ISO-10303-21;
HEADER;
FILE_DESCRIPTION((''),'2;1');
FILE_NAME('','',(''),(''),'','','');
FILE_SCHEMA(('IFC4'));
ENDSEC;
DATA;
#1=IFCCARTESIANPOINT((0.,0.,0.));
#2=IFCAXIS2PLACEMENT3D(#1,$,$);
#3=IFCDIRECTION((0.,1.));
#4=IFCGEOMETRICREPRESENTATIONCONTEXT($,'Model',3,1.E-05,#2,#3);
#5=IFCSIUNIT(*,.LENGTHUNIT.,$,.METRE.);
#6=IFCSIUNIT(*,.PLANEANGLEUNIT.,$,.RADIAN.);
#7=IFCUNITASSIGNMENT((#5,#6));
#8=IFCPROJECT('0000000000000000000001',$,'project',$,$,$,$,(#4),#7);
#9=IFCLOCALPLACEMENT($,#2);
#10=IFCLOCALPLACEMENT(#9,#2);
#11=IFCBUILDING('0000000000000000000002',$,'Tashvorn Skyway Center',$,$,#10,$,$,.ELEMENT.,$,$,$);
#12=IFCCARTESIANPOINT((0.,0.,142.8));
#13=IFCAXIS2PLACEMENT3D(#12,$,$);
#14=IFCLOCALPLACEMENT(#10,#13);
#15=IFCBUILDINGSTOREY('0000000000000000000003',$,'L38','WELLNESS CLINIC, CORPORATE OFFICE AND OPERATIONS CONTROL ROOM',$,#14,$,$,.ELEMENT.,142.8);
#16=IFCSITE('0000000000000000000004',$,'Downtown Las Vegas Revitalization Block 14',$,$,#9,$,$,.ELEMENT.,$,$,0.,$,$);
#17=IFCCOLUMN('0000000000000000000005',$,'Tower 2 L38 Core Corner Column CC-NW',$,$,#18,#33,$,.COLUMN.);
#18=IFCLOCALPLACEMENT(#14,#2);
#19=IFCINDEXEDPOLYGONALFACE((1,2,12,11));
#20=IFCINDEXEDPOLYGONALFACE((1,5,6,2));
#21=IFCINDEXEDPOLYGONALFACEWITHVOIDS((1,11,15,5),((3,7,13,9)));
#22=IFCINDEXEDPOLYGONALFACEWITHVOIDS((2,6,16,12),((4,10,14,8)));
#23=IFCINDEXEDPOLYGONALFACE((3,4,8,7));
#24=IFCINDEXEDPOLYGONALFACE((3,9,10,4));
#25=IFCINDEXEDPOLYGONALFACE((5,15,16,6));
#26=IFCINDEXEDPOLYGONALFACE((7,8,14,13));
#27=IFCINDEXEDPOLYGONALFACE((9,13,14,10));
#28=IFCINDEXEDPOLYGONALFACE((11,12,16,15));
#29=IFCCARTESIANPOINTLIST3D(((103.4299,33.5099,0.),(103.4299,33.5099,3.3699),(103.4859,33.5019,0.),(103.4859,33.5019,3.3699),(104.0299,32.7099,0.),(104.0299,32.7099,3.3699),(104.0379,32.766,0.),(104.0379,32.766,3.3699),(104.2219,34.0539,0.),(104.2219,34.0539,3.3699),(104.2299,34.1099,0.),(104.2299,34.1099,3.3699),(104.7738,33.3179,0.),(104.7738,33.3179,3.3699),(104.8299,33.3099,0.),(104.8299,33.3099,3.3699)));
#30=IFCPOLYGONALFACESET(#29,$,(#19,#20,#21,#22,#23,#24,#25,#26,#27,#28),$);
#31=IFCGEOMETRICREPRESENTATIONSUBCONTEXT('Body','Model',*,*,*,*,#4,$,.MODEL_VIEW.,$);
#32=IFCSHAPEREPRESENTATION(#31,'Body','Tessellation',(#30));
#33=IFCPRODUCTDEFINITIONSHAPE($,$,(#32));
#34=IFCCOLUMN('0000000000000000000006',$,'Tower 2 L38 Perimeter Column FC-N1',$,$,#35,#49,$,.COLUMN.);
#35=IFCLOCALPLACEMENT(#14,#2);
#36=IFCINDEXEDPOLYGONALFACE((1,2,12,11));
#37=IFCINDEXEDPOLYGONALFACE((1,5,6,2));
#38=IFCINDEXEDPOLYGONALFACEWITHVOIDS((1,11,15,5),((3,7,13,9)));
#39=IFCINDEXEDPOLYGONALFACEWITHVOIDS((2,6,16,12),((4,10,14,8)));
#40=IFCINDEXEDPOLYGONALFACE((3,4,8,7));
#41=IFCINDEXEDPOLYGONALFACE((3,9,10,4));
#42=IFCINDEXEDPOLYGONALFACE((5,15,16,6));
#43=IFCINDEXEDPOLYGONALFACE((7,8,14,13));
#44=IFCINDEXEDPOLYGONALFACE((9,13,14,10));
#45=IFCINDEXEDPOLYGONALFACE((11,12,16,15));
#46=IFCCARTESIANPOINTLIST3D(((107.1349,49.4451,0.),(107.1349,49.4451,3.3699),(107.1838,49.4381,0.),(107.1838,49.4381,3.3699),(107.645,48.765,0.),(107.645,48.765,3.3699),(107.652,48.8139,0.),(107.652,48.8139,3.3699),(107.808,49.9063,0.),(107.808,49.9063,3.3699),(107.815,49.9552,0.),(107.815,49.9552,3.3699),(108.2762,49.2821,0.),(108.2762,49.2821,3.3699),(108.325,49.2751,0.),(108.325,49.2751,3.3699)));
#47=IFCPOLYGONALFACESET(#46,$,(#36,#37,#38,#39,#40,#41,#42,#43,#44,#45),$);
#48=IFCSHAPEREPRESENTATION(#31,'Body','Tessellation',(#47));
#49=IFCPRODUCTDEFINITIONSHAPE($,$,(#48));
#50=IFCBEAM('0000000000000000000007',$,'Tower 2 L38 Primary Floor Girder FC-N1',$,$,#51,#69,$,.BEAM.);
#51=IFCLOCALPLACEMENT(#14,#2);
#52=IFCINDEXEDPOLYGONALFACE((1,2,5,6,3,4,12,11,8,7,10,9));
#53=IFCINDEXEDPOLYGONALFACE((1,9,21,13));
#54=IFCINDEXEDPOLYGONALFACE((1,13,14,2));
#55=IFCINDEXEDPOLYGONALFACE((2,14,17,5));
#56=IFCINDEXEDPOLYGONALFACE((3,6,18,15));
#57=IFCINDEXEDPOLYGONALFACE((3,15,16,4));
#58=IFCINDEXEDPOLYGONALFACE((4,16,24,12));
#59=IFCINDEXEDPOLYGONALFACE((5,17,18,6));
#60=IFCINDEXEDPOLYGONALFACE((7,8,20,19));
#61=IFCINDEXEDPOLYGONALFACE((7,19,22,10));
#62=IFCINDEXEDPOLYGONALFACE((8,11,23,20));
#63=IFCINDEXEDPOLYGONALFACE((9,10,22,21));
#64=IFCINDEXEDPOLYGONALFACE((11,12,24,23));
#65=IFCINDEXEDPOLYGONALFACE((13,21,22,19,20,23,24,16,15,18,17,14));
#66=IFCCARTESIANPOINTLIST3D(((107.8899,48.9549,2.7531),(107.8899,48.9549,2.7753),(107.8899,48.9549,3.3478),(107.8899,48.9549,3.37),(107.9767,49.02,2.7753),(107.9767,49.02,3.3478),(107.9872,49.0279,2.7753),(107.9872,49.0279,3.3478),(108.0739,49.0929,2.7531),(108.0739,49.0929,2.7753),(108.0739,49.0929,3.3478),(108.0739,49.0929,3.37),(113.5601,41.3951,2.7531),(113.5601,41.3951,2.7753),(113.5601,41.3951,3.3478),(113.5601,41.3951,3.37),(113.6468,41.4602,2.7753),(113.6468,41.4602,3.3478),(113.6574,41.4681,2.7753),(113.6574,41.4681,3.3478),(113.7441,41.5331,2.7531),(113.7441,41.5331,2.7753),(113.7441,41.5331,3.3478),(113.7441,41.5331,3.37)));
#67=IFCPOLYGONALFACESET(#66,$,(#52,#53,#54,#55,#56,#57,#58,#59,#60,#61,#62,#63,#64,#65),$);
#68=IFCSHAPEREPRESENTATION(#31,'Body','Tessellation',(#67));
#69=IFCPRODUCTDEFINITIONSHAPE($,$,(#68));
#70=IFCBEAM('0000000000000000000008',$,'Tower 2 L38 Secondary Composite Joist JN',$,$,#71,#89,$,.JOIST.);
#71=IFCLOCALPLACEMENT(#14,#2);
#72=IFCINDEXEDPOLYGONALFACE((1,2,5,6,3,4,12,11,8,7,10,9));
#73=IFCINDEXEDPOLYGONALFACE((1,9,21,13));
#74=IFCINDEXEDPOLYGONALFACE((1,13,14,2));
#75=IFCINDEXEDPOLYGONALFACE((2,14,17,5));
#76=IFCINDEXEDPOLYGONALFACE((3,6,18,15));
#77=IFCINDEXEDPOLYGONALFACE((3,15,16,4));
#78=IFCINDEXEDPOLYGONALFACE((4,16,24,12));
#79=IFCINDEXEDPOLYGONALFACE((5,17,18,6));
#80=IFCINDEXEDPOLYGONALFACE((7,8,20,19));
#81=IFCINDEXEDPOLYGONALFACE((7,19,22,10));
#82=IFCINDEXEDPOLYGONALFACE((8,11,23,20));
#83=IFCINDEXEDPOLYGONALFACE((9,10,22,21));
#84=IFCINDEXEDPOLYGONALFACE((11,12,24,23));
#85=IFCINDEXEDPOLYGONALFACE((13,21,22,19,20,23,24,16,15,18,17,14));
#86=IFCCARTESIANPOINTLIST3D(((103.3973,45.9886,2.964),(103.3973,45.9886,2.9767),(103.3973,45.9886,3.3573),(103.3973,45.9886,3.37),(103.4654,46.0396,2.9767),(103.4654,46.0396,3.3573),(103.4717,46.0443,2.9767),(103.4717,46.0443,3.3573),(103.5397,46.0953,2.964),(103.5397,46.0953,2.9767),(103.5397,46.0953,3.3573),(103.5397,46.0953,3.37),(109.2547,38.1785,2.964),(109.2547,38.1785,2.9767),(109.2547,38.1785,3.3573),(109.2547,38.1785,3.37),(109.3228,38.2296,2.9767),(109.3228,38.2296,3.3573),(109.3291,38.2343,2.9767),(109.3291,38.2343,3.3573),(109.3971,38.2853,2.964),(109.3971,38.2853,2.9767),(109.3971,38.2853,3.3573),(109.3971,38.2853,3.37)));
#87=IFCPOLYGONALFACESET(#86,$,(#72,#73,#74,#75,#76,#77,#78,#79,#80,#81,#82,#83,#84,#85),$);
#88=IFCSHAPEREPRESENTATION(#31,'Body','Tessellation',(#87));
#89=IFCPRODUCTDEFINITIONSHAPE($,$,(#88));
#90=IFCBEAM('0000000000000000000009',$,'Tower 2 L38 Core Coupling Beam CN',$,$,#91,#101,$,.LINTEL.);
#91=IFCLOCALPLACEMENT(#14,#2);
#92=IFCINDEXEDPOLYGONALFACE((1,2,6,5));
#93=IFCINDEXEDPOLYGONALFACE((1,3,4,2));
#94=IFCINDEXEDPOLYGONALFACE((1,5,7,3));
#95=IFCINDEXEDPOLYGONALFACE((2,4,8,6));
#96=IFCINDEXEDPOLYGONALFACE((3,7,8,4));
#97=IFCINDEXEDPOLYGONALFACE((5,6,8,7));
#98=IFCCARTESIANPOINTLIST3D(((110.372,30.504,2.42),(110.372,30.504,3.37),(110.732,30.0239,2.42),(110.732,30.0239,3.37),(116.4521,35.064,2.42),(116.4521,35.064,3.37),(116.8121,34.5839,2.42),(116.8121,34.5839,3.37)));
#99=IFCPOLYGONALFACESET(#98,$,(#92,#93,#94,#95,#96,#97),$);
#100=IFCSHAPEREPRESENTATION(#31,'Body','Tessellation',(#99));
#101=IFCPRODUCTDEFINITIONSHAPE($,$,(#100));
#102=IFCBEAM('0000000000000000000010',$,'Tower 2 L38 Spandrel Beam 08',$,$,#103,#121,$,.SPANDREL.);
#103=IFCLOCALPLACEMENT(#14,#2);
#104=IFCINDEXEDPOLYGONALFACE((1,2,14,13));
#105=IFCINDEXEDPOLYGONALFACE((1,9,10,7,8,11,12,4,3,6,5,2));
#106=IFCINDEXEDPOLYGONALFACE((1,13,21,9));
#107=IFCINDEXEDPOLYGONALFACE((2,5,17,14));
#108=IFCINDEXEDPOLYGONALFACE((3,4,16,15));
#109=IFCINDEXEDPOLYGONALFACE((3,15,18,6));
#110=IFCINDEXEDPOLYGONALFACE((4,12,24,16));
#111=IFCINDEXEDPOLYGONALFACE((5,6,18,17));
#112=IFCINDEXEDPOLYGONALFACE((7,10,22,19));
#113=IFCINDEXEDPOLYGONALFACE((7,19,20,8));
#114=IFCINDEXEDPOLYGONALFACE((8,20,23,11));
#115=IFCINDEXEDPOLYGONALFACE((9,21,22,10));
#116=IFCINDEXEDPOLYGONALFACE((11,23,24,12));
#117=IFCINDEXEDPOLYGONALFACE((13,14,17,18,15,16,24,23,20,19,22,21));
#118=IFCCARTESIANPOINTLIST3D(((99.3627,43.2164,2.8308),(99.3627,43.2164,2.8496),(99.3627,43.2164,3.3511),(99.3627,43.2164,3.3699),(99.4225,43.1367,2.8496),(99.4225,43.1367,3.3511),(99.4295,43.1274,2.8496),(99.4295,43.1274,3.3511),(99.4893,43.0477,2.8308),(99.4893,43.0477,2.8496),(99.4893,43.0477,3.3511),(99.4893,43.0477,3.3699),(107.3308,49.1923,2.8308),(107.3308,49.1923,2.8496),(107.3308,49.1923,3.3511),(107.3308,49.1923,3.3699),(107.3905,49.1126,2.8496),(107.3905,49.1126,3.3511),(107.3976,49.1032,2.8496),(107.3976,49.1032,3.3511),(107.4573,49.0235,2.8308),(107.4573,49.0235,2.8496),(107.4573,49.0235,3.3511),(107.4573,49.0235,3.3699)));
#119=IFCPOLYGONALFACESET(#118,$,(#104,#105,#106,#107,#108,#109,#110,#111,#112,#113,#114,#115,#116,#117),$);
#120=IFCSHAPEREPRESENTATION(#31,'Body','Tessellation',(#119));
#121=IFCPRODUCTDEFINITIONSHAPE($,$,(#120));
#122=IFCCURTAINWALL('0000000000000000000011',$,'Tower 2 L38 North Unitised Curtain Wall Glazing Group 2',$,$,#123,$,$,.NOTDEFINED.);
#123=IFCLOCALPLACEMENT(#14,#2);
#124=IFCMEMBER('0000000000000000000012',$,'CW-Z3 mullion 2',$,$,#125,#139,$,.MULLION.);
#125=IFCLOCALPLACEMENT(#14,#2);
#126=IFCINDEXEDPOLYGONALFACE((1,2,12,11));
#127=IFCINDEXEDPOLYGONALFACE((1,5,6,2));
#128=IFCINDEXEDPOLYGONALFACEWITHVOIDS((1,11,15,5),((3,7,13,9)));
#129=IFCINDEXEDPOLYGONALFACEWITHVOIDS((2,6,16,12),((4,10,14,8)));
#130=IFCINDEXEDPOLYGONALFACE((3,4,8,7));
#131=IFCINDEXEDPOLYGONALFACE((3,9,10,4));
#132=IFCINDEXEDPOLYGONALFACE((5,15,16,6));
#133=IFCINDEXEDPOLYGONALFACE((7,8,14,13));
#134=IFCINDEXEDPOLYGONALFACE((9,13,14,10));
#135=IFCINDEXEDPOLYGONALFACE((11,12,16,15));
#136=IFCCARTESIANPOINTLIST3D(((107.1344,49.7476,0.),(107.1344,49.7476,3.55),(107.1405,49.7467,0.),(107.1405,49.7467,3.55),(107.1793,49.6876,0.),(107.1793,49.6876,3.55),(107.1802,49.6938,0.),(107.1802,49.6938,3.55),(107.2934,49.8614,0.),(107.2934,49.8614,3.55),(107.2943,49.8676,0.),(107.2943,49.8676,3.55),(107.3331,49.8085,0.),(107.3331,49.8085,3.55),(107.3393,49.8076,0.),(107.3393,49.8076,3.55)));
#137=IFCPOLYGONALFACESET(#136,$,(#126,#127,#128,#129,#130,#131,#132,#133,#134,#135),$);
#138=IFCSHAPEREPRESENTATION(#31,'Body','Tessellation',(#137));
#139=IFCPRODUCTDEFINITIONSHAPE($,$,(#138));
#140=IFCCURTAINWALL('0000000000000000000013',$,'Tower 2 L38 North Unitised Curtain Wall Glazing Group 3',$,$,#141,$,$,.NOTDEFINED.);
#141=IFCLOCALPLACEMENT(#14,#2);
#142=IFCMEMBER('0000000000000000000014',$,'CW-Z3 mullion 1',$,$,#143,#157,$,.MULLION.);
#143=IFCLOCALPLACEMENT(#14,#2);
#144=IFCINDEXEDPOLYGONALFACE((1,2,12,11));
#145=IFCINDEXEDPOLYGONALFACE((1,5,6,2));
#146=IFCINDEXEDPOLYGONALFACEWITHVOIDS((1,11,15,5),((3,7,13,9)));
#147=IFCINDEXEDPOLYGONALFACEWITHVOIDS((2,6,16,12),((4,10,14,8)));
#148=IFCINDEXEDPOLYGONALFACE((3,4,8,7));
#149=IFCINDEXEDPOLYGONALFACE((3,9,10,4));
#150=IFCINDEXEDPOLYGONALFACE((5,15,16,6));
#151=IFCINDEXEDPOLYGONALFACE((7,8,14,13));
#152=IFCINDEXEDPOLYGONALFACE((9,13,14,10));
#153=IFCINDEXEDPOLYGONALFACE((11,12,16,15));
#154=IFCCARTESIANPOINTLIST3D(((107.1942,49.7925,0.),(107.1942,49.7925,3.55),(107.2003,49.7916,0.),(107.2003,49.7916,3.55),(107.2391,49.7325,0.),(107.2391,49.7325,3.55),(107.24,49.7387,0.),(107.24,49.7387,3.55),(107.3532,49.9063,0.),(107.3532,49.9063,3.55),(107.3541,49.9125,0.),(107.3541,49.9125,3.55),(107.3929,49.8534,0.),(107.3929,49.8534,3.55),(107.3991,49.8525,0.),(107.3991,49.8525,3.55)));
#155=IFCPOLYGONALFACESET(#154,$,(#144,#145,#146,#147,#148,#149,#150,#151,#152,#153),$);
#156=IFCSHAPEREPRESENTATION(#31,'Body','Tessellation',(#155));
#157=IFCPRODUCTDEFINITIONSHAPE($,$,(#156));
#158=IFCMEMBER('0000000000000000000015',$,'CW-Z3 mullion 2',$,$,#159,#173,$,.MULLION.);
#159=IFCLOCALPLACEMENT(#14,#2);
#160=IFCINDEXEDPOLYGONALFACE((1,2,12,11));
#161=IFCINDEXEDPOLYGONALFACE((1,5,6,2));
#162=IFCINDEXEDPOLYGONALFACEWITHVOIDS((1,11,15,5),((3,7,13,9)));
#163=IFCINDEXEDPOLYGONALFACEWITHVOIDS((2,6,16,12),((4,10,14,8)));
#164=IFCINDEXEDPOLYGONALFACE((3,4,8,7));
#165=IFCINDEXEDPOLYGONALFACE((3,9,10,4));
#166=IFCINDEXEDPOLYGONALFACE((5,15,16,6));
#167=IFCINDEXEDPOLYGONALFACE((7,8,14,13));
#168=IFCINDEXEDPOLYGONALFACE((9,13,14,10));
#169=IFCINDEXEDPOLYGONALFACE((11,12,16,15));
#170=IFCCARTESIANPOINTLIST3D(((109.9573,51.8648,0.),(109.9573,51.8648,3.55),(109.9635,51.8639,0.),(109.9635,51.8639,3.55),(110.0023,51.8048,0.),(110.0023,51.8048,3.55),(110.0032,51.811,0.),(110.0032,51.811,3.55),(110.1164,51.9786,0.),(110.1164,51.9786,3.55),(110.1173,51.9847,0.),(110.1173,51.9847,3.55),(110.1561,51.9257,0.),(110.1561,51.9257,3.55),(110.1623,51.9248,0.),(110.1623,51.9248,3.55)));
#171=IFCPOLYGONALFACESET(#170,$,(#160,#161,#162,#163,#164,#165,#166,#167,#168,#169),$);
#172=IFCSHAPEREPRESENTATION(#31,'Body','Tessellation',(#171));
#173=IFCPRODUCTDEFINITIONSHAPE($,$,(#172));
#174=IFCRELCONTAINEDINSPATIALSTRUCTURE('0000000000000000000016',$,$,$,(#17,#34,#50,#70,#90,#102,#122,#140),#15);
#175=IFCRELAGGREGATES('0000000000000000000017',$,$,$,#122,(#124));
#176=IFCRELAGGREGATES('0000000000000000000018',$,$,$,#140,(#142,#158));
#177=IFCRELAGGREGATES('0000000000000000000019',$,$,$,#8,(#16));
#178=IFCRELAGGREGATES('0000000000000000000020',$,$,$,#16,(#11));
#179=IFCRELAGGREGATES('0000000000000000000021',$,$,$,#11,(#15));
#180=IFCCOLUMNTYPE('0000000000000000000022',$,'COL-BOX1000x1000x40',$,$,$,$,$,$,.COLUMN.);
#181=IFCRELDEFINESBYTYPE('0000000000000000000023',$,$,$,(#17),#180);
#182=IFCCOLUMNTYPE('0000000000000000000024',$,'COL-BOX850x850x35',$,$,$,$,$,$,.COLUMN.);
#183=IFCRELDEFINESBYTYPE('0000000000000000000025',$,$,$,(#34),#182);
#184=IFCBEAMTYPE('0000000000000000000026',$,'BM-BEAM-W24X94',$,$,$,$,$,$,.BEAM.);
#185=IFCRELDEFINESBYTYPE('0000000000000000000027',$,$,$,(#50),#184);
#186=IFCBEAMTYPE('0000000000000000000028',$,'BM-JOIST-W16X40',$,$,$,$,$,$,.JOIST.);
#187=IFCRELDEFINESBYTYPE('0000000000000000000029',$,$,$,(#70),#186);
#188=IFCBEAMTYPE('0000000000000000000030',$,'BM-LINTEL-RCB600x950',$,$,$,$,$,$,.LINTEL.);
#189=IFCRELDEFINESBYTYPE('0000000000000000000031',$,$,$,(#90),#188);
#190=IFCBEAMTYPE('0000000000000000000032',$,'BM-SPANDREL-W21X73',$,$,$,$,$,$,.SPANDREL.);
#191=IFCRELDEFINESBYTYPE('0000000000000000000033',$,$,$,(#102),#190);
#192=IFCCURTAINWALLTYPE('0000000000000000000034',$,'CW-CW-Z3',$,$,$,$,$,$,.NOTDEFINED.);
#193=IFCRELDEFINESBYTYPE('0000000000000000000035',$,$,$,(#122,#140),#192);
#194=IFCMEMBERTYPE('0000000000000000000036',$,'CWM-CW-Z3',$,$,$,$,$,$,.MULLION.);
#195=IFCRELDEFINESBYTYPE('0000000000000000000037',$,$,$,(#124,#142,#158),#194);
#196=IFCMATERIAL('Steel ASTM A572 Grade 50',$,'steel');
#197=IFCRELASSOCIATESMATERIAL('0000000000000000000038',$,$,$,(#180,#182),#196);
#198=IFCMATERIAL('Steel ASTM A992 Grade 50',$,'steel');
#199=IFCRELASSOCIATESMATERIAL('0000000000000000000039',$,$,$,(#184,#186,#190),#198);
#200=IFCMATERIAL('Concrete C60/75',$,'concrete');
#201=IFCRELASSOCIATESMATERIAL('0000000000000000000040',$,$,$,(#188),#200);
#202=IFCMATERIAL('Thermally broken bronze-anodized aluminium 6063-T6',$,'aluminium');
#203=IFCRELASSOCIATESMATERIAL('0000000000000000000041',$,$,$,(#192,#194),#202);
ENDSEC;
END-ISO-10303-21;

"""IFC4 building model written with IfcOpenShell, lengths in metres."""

from ifc_helpers import new_model, si_unit, direction, frame, origin, origin_2d, place, context, subcontext, project, spatial, rectangle, hollow_rectangle, i_section, extrude, material, material_profile, profile_set, type_object, element, aggregate, save


model = new_model("IFC4")

# Units and contexts
model_context = context("Model", 3, precision=1e-05, world=origin(), true_north=direction((0.0, 1.0)))
body_context = subcontext(model_context, "Body", "Model", "MODEL_VIEW")
ifc_project = project(units=[si_unit("LENGTHUNIT", "METRE"), si_unit("PLANEANGLEUNIT", "RADIAN")], contexts=[model_context])

# Site, building, storey
site_placement = place(None, origin())
site = spatial("IfcSite", under=ifc_project, at=site_placement, Name="Downtown Las Vegas Revitalization Block 14", CompositionType="ELEMENT", RefElevation=0.0)
building_placement = place(site_placement, origin())
building = spatial("IfcBuilding", under=site, at=building_placement, Name="Tashvorn Skyway Center", CompositionType="ELEMENT")
storey_placement = place(building_placement, frame((0.0, 0.0, 142.8)))
storey = spatial("IfcBuildingStorey", under=building, at=storey_placement, Name="L38", Description="WELLNESS CLINIC, CORPORATE OFFICE AND OPERATIONS CONTROL ROOM", CompositionType="ELEMENT", Elevation=142.8)

# Columns
ifc_material_1 = material(Name="Steel ASTM A572 Grade 50", Category="steel")
ifc_material_profile_1 = material_profile(ifc_material_1, hollow_rectangle(XDim=1.0, YDim=1.0, WallThickness=0.04, at=origin_2d()), Name="BOX1000x1000x40")
ifc_profile_set_1 = profile_set([ifc_material_profile_1], Name="Steel ASTM A572 Grade 50")
column_type_1 = type_object("IfcColumnType", Name="COL-BOX1000x1000x40", PredefinedType="COLUMN", material=ifc_profile_set_1)
column_1_placement = place(storey_placement, frame((104.1299, 33.4099, 0.0), z_axis=(0.0, 0.0, 1.0), x_axis=(0.8, 0.6, 0.0)))
element("IfcColumn", 1, at=column_1_placement, inside=storey, type_object=column_type_1, Name="Tower 2 L38 Core Corner Column CC-NW", PredefinedType="COLUMN", context=body_context, shape_type="SweptSolid", body=[
    extrude(hollow_rectangle(XDim=1.0, YDim=1.0, WallThickness=0.04, at=origin_2d()), origin(), (0.0, 0.0, 1.0), 3.3699),
])
ifc_material_profile_2 = material_profile(ifc_material_1, hollow_rectangle(XDim=0.8501, YDim=0.8501, WallThickness=0.0349, at=origin_2d()), Name="BOX850x850x35")
ifc_profile_set_2 = profile_set([ifc_material_profile_2], Name="Steel ASTM A572 Grade 50")
column_type_2 = type_object("IfcColumnType", Name="COL-BOX850x850x35", PredefinedType="COLUMN", material=ifc_profile_set_2)
column_2_placement = place(storey_placement, frame((107.73, 49.3601, 0.0), z_axis=(0.0, 0.0, 1.0), x_axis=(0.8, 0.6, 0.0)))
element("IfcColumn", 2, at=column_2_placement, inside=storey, type_object=column_type_2, Name="Tower 2 L38 Perimeter Column FC-N1", PredefinedType="COLUMN", context=body_context, shape_type="SweptSolid", body=[
    extrude(hollow_rectangle(XDim=0.8501, YDim=0.8501, WallThickness=0.0349, at=origin_2d()), origin(), (0.0, 0.0, 1.0), 3.3699),
])

# Beams
ifc_material_2 = material(Name="Steel ASTM A992 Grade 50", Category="steel")
ifc_material_profile_3 = material_profile(ifc_material_2, i_section(OverallWidth=0.23, OverallDepth=0.6169, WebThickness=0.0132, FlangeThickness=0.0222, at=origin_2d()), Name="W24X94")
ifc_profile_set_3 = profile_set([ifc_material_profile_3], Name="Steel ASTM A992 Grade 50")
beam_type_1 = type_object("IfcBeamType", Name="BM-BEAM-W24X94", PredefinedType="BEAM", material=ifc_profile_set_3)
beam_1_placement = place(storey_placement, frame((107.9819, 49.0239, 3.0615), z_axis=(0.600021, -0.799984, 0.0), x_axis=(0.799984, 0.600021, 0.0)))
element("IfcBeam", 3, at=beam_1_placement, inside=storey, type_object=beam_type_1, Name="Tower 2 L38 Primary Floor Girder FC-N1", PredefinedType="BEAM", context=body_context, shape_type="SweptSolid", body=[
    extrude(i_section(OverallWidth=0.23, OverallDepth=0.6169, WebThickness=0.0132, FlangeThickness=0.0222, at=origin_2d()), origin(), (0.0, 0.0, 1.0), 9.45),
])
ifc_material_profile_4 = material_profile(ifc_material_2, i_section(OverallWidth=0.178, OverallDepth=0.406, WebThickness=0.0078, FlangeThickness=0.0127, at=origin_2d()), Name="W16X40")
ifc_profile_set_4 = profile_set([ifc_material_profile_4], Name="Steel ASTM A992 Grade 50")
beam_type_2 = type_object("IfcBeamType", Name="BM-JOIST-W16X40", PredefinedType="JOIST", material=ifc_profile_set_4)
beam_2_placement = place(storey_placement, frame((109.3259, 38.2319, 3.167), z_axis=(-0.599992, 0.800006, 0.0), x_axis=(-0.800006, -0.599992, 0.0)))
element("IfcBeam", 4, at=beam_2_placement, inside=storey, type_object=beam_type_2, Name="Tower 2 L38 Secondary Composite Joist JN", PredefinedType="JOIST", context=body_context, shape_type="SweptSolid", body=[
    extrude(i_section(OverallWidth=0.178, OverallDepth=0.406, WebThickness=0.0078, FlangeThickness=0.0127, at=origin_2d()), origin(), (0.0, 0.0, 1.0), 9.7625),
])
ifc_material_3 = material(Name="Concrete C60/75", Category="concrete")
ifc_material_profile_5 = material_profile(ifc_material_3, rectangle(XDim=0.6001, YDim=0.95, at=origin_2d()), Name="RCB600x950")
ifc_profile_set_5 = profile_set([ifc_material_profile_5], Name="Concrete C60/75")
beam_type_3 = type_object("IfcBeamType", Name="BM-LINTEL-RCB600x950", PredefinedType="LINTEL", material=ifc_profile_set_5)
beam_3_placement = place(storey_placement, frame((110.552, 30.2639, 2.895), z_axis=(0.8, 0.6, 0.0), x_axis=(-0.6, 0.8, 0.0)))
element("IfcBeam", 5, at=beam_3_placement, inside=storey, type_object=beam_type_3, Name="Tower 2 L38 Core Coupling Beam CN", PredefinedType="LINTEL", context=body_context, shape_type="SweptSolid", body=[
    extrude(rectangle(XDim=0.6001, YDim=0.95, at=origin_2d()), origin(), (0.0, 0.0, 1.0), 7.6001),
])
ifc_material_profile_6 = material_profile(ifc_material_2, i_section(OverallWidth=0.2109, OverallDepth=0.5391, WebThickness=0.0117, FlangeThickness=0.0188, at=origin_2d()), Name="W21X73")
ifc_profile_set_6 = profile_set([ifc_material_profile_6], Name="Steel ASTM A992 Grade 50")
beam_type_4 = type_object("IfcBeamType", Name="BM-SPANDREL-W21X73", PredefinedType="SPANDREL", material=ifc_profile_set_6)
beam_4_placement = place(storey_placement, frame((107.394, 49.1079, 3.1003), z_axis=(-0.800009, -0.599988, 0.0), x_axis=(0.599988, -0.800009, 0.0)))
element("IfcBeam", 6, at=beam_4_placement, inside=storey, type_object=beam_type_4, Name="Tower 2 L38 Spandrel Beam 08", PredefinedType="SPANDREL", context=body_context, shape_type="SweptSolid", body=[
    extrude(i_section(OverallWidth=0.2109, OverallDepth=0.5391, WebThickness=0.0117, FlangeThickness=0.0188, at=origin_2d()), origin(), (0.0, 0.0, 1.0), 9.96),
])

# Curtain wall, member
ifc_material_4 = material(Name="Thermally broken bronze-anodized aluminium 6063-T6", Category="aluminium")
curtain_wall_type = type_object("IfcCurtainWallType", Name="CW-CW-Z3", PredefinedType="NOTDEFINED", material=ifc_material_4)
curtain_wall_1_placement = place(storey_placement, origin())
curtain_wall_1 = element("IfcCurtainWall", 7, at=curtain_wall_1_placement, inside=storey, type_object=curtain_wall_type, Name="Tower 2 L38 North Unitised Curtain Wall Glazing Group 2", PredefinedType="NOTDEFINED")
ifc_material_profile_7 = material_profile(ifc_material_4, hollow_rectangle(XDim=0.075, YDim=0.2, WallThickness=0.0044, at=origin_2d()), Name="ALU-MULL-75x200")
ifc_profile_set_7 = profile_set([ifc_material_profile_7], Name="Thermally broken bronze-anodized aluminium 6063-T6")
member_type_1 = type_object("IfcMemberType", Name="CWM-CW-Z3", PredefinedType="MULLION", material=ifc_profile_set_7)
member_1_placement = place(storey_placement, frame((107.2368, 49.7776, 0.0), z_axis=(0.0, 0.0, 1.0), x_axis=(-0.599997, 0.800002, 0.0)))
member_1 = element("IfcMember", 8, at=member_1_placement, type_object=member_type_1, Name="CW-Z3 mullion 2", PredefinedType="MULLION", context=body_context, shape_type="SweptSolid", body=[
    extrude(hollow_rectangle(XDim=0.075, YDim=0.2, WallThickness=0.0044, at=origin_2d()), origin(), (0.0, 0.0, 1.0), 3.55),
])
aggregate(curtain_wall_1, [member_1])

# Curtain wall, members
curtain_wall_2_placement = place(storey_placement, origin())
curtain_wall_2 = element("IfcCurtainWall", 9, at=curtain_wall_2_placement, inside=storey, type_object=curtain_wall_type, Name="Tower 2 L38 North Unitised Curtain Wall Glazing Group 3", PredefinedType="NOTDEFINED")
member_2_placement = place(storey_placement, frame((107.2966, 49.8225, 0.0), z_axis=(0.0, 0.0, 1.0), x_axis=(-0.599995, 0.800003, 0.0)))
member_2 = element("IfcMember", 10, at=member_2_placement, type_object=member_type_1, Name="CW-Z3 mullion 1", PredefinedType="MULLION", context=body_context, shape_type="SweptSolid", body=[
    extrude(hollow_rectangle(XDim=0.075, YDim=0.2, WallThickness=0.0044, at=origin_2d()), origin(), (0.0, 0.0, 1.0), 3.55),
])
member_3_placement = place(storey_placement, frame((110.0598, 51.8948, 0.0), z_axis=(0.0, 0.0, 1.0), x_axis=(-0.599995, 0.800003, 0.0)))
member_3 = element("IfcMember", 11, at=member_3_placement, type_object=member_type_1, Name="CW-Z3 mullion 2", PredefinedType="MULLION", context=body_context, shape_type="SweptSolid", body=[
    extrude(hollow_rectangle(XDim=0.075, YDim=0.2, WallThickness=0.0044, at=origin_2d()), origin(), (0.0, 0.0, 1.0), 3.55),
])
aggregate(curtain_wall_2, [member_2, member_3])

save(model, "model.ifc")
